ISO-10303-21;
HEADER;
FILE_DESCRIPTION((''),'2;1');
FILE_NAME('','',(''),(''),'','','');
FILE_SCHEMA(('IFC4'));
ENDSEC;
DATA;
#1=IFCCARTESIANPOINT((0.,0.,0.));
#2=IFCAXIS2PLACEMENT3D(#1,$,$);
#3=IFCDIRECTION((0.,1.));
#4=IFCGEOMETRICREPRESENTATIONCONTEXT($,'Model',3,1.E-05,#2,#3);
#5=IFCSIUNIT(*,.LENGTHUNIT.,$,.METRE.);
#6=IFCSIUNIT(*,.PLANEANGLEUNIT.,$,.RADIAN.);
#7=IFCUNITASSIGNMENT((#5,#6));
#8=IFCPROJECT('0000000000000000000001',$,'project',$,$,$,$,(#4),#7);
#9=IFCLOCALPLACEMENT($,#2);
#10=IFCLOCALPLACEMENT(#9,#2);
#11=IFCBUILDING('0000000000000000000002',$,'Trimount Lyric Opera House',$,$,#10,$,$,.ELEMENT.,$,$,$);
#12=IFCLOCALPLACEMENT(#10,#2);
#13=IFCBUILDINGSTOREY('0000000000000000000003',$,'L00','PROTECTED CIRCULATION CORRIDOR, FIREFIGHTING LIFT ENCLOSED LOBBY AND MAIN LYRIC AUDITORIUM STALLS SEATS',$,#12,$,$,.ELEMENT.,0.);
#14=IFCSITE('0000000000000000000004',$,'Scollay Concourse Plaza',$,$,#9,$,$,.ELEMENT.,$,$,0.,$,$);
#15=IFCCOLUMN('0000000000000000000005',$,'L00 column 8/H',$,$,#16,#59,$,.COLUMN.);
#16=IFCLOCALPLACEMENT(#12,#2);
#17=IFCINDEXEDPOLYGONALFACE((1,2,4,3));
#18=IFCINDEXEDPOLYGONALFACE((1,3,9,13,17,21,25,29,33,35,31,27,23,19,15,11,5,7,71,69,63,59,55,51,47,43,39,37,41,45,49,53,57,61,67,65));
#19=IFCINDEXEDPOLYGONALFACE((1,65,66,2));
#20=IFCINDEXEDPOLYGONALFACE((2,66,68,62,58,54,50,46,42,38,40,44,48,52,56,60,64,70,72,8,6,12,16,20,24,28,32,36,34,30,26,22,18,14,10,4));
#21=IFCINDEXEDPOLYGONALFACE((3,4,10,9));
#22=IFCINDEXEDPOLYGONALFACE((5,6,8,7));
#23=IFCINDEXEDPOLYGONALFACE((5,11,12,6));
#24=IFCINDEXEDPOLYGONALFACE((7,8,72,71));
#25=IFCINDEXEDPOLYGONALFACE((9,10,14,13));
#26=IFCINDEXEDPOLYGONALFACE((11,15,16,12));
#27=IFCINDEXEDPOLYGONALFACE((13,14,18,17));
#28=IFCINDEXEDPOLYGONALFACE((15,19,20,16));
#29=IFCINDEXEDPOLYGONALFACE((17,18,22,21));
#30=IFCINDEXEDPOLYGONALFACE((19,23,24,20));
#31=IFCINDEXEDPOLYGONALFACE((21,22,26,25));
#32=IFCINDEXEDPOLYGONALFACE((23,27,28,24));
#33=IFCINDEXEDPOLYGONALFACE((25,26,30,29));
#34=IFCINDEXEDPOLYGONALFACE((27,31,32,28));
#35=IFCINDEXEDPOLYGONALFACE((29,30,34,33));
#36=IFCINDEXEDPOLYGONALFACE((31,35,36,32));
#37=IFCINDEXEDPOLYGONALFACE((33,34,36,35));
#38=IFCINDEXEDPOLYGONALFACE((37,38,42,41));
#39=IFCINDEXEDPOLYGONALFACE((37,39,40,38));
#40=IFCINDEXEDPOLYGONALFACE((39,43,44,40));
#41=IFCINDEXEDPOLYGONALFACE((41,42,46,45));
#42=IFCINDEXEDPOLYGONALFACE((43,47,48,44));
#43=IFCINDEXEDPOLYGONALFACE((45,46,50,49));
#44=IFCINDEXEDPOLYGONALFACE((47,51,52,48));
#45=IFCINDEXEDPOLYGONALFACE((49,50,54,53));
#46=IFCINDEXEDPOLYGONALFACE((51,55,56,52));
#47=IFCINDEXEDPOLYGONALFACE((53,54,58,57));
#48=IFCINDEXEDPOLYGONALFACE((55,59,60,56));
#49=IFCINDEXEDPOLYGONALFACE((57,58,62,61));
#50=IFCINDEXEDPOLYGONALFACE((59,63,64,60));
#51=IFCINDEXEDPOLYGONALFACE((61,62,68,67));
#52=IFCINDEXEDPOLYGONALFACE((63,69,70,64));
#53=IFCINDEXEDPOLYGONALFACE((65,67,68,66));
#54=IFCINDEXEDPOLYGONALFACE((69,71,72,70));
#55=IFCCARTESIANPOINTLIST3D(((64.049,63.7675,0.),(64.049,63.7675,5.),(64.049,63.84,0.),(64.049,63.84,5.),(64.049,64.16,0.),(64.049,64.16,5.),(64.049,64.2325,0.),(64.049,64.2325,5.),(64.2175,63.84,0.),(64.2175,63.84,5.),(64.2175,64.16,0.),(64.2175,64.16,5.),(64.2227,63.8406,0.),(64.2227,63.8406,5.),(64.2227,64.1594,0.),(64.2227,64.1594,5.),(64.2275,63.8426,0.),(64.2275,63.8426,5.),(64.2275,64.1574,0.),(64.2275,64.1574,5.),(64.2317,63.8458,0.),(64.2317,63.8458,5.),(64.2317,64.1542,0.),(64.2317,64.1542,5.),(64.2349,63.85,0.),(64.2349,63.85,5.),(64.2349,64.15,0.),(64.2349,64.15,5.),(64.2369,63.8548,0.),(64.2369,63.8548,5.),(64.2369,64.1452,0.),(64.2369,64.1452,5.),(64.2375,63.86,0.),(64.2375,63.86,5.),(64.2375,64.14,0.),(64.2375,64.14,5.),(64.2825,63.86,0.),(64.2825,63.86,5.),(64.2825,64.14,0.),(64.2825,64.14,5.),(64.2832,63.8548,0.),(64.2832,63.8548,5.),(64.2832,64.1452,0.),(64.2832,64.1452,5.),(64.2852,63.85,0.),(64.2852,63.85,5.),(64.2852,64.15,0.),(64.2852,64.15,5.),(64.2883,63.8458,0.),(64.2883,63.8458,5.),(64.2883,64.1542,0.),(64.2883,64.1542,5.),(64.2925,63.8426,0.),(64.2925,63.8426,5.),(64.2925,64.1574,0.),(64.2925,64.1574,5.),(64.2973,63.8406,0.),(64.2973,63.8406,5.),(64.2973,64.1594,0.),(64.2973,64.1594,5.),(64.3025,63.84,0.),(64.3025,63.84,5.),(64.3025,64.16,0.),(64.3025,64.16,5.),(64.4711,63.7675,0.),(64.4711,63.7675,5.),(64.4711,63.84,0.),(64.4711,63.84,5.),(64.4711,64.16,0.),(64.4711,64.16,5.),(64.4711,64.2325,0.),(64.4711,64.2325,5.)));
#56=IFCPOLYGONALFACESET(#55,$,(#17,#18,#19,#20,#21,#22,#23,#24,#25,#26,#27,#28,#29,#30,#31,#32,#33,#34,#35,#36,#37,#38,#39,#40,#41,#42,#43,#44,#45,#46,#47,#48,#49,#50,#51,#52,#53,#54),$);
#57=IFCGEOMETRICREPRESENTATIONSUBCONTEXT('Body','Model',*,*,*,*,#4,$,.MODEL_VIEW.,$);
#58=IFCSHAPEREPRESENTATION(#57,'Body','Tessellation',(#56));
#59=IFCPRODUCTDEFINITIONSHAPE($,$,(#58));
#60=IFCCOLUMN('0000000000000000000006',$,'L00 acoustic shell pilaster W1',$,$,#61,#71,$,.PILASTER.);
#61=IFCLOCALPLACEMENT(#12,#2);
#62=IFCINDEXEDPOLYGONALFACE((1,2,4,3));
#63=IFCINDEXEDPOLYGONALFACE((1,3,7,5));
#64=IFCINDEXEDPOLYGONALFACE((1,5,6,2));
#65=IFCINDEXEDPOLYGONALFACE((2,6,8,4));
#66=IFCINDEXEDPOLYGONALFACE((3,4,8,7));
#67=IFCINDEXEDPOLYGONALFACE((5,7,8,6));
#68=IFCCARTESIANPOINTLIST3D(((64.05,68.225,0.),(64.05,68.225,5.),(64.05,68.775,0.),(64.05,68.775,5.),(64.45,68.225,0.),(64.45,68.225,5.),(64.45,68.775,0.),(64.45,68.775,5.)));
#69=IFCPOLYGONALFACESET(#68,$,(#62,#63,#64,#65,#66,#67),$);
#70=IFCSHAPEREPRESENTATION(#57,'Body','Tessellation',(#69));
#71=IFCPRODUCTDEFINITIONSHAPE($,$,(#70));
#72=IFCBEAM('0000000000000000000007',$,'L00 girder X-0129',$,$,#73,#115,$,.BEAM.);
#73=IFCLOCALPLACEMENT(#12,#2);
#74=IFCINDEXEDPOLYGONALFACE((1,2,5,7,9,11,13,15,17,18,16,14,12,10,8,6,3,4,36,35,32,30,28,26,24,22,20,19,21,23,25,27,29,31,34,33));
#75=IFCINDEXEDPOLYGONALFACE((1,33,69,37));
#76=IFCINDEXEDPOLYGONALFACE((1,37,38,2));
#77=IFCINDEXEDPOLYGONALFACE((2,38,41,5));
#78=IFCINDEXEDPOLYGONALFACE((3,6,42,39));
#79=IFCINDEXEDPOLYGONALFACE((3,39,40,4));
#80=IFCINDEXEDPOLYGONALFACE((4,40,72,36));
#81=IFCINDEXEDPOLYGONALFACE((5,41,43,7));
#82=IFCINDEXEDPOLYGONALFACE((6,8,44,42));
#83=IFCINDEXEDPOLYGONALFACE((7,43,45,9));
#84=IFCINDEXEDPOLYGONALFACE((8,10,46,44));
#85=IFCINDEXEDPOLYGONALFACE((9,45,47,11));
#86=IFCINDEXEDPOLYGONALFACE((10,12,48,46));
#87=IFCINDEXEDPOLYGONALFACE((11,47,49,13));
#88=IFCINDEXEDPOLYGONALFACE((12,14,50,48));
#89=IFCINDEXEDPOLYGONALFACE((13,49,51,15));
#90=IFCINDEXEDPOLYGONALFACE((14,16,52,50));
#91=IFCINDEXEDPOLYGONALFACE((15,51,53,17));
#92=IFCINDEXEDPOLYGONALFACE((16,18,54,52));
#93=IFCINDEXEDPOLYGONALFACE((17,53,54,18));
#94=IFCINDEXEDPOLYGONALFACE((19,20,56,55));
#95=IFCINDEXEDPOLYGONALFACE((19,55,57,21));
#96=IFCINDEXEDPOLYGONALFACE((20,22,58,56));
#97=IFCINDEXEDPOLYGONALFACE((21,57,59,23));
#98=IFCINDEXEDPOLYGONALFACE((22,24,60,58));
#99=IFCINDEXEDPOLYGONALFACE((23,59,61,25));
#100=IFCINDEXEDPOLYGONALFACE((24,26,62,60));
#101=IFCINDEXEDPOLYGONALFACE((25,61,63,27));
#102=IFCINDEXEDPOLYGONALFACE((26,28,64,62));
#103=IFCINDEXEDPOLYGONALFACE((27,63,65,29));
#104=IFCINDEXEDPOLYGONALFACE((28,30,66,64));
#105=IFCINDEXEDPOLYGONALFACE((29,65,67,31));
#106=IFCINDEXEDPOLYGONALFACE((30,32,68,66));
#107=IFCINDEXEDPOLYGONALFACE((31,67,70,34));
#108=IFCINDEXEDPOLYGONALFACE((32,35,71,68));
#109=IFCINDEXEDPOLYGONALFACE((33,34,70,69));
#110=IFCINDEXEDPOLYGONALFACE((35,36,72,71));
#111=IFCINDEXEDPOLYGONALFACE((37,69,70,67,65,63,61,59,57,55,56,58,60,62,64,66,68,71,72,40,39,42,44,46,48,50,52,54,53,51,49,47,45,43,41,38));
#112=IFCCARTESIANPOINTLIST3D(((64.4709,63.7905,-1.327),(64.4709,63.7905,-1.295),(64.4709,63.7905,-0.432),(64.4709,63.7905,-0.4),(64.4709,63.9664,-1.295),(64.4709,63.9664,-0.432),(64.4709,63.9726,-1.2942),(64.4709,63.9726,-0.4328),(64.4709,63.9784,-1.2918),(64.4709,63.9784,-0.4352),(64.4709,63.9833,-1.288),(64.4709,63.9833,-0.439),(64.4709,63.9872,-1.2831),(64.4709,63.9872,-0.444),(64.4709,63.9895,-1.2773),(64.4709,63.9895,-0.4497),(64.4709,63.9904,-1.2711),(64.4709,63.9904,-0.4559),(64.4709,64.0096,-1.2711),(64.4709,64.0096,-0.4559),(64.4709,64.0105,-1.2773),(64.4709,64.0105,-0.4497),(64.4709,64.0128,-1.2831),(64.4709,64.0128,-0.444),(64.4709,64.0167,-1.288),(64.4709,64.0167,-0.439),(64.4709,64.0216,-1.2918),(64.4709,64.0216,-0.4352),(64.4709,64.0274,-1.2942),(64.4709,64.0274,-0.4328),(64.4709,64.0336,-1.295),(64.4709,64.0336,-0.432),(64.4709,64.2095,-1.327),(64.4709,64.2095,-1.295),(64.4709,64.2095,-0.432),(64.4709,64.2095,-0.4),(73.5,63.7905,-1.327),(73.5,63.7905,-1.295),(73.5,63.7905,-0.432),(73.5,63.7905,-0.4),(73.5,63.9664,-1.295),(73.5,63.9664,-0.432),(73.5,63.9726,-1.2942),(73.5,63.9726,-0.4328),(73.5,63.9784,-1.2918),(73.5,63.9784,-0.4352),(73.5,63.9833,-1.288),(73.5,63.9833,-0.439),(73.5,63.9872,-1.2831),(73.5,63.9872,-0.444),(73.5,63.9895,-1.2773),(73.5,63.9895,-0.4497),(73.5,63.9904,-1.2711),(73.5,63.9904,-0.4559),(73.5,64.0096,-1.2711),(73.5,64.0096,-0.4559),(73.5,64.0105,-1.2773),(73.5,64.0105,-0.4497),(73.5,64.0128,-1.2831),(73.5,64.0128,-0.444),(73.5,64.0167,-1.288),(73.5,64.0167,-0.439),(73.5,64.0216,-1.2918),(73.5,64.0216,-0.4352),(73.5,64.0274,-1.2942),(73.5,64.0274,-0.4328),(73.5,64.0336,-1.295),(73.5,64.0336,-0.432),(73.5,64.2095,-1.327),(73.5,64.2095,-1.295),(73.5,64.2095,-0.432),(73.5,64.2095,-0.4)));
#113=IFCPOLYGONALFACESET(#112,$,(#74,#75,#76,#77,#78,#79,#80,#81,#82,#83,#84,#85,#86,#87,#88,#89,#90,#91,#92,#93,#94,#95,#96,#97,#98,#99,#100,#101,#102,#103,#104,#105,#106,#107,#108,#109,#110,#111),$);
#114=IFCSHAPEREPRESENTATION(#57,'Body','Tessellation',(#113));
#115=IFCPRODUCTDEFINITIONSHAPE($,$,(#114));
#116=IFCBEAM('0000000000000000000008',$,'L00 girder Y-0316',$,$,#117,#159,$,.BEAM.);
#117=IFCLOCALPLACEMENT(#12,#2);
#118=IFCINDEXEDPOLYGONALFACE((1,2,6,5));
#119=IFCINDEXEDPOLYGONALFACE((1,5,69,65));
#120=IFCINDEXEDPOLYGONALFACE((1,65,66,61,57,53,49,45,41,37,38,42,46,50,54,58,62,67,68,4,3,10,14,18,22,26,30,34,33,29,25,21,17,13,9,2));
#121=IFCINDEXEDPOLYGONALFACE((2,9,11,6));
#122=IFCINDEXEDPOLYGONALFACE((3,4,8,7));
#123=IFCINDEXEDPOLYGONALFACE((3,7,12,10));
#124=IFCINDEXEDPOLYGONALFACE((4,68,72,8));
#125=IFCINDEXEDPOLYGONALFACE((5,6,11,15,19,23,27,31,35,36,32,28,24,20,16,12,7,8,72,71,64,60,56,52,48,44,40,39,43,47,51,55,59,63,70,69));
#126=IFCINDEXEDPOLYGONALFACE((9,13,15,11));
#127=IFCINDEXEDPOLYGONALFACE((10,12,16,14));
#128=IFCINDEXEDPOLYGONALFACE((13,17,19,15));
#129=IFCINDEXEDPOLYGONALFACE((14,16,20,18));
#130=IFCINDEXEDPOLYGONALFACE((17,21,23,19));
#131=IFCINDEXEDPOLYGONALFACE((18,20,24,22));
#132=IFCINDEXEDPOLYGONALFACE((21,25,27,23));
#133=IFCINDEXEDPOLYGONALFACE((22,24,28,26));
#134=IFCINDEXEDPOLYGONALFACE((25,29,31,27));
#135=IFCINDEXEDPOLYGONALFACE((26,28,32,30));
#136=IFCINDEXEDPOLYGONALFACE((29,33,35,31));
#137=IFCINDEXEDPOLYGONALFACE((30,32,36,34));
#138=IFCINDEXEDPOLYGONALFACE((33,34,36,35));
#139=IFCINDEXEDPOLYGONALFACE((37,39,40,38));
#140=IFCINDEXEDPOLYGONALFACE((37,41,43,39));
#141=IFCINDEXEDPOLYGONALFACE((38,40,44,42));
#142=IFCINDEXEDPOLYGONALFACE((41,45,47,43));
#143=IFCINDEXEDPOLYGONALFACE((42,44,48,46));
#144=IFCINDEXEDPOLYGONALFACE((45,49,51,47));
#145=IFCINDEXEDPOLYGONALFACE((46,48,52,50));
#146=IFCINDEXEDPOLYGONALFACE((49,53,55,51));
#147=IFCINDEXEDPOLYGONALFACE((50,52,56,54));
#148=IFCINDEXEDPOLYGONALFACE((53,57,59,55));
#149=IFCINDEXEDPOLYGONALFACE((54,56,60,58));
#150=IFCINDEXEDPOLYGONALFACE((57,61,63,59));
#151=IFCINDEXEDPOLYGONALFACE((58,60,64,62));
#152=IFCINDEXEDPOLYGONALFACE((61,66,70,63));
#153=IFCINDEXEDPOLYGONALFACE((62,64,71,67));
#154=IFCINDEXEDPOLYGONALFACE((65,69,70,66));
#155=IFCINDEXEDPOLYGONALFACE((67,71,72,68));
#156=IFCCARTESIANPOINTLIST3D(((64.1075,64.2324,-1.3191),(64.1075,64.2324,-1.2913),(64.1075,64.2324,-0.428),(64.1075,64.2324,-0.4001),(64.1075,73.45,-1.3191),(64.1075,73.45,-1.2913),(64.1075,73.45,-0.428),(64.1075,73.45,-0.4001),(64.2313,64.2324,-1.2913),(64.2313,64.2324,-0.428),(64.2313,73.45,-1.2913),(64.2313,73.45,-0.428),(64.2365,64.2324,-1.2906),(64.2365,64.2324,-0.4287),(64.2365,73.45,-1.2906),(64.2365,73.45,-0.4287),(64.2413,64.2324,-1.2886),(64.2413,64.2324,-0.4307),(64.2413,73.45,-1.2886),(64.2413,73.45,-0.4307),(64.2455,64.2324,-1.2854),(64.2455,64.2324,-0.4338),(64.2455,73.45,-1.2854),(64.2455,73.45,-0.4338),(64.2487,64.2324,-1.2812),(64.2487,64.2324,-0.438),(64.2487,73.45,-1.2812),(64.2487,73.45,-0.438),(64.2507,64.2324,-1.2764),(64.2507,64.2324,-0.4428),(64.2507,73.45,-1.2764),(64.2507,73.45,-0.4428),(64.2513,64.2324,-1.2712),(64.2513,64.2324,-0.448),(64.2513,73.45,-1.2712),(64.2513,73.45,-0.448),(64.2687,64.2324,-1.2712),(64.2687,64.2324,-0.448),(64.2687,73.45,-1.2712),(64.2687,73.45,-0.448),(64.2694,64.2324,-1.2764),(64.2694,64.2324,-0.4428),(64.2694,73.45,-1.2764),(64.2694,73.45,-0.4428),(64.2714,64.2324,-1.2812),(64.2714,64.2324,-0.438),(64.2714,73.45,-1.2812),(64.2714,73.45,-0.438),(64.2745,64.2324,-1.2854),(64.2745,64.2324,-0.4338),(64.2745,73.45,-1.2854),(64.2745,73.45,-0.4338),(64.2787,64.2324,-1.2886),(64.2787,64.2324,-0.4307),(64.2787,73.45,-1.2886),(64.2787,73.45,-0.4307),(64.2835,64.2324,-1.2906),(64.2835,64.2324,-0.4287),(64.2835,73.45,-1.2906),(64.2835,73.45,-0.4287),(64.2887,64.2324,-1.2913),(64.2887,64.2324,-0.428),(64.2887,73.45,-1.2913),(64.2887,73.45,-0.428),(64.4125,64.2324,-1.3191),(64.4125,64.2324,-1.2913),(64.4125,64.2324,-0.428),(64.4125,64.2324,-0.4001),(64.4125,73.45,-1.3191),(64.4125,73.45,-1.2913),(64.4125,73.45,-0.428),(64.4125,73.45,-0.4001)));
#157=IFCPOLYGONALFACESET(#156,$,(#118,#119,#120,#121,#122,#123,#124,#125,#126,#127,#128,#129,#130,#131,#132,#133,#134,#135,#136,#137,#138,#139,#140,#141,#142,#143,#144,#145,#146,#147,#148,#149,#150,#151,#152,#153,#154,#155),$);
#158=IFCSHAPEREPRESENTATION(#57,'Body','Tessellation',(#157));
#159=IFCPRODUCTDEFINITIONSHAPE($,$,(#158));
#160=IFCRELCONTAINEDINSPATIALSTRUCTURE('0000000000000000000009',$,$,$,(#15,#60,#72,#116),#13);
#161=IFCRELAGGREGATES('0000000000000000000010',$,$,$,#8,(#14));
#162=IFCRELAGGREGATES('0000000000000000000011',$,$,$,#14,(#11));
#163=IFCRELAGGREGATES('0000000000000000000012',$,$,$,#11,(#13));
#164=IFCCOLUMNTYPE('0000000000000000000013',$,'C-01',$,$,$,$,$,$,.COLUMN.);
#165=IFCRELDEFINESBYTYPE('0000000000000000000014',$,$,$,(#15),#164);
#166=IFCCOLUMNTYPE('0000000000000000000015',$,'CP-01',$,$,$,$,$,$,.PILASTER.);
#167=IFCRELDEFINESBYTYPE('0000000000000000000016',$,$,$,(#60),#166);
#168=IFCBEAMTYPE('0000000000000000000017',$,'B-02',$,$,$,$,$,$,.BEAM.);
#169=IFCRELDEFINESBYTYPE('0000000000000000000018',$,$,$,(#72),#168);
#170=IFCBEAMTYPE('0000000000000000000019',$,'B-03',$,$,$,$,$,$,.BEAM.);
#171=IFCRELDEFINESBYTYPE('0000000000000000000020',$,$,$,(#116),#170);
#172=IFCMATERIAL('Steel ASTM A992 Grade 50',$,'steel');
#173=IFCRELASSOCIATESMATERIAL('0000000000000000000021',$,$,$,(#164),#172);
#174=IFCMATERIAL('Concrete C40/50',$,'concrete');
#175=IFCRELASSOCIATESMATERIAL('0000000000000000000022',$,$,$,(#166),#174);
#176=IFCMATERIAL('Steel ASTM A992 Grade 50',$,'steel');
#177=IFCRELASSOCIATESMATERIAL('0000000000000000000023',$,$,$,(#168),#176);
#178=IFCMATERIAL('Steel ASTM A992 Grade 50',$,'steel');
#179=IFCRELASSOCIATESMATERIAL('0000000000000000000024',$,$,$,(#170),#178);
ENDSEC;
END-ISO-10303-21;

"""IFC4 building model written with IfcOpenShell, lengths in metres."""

from ifc_helpers import new_model, si_unit, direction, frame, origin, origin_2d, place, context, subcontext, project, spatial, rectangle, i_section, extrude, material, material_profile, profile_set, type_object, element, save


model = new_model("IFC4")

# Units and contexts
model_context = context("Model", 3, precision=1e-05, world=origin(), true_north=direction((0.0, 1.0)))
body_context = subcontext(model_context, "Body", "Model", "MODEL_VIEW")
ifc_project = project(units=[si_unit("LENGTHUNIT", "METRE"), si_unit("PLANEANGLEUNIT", "RADIAN")], contexts=[model_context])

# Site, building, storey
site_placement = place(None, origin())
site = spatial("IfcSite", under=ifc_project, at=site_placement, Name="Scollay Concourse Plaza", CompositionType="ELEMENT", RefElevation=0.0)
building_placement = place(site_placement, origin())
building = spatial("IfcBuilding", under=site, at=building_placement, Name="Trimount Lyric Opera House", CompositionType="ELEMENT")
storey_placement = place(building_placement, origin())
storey = spatial("IfcBuildingStorey", under=building, at=storey_placement, Name="L00", Description="PROTECTED CIRCULATION CORRIDOR, FIREFIGHTING LIFT ENCLOSED LOBBY AND MAIN LYRIC AUDITORIUM STALLS SEATS", CompositionType="ELEMENT", Elevation=0.0)

# Columns
ifc_material_1 = material(Name="Steel ASTM A992 Grade 50", Category="steel")
ifc_material_profile_1 = material_profile(ifc_material_1, i_section(OverallWidth=0.4221, OverallDepth=0.4651, WebThickness=0.0449, FlangeThickness=0.0725, FilletRadius=0.02, at=origin_2d()), Name="W14X398")
ifc_profile_set_1 = profile_set([ifc_material_profile_1], Name="Steel ASTM A992 Grade 50")
column_type_1 = type_object("IfcColumnType", Name="C-01", PredefinedType="COLUMN", material=ifc_profile_set_1)
column_1_placement = place(storey_placement, frame((64.26, 64.0, 0.0), z_axis=(0.0, 0.0, 1.0), x_axis=(1.0, 0.0, 0.0)))
element("IfcColumn", 1, at=column_1_placement, inside=storey, type_object=column_type_1, Name="L00 column 8/H", PredefinedType="COLUMN", context=body_context, shape_type="SweptSolid", body=[
    extrude(i_section(OverallWidth=0.4221, OverallDepth=0.4651, WebThickness=0.0449, FlangeThickness=0.0725, FilletRadius=0.02, at=origin_2d()), origin(), (0.0, 0.0, 1.0), 5.0),
])
ifc_material_2 = material(Name="Concrete C40/50", Category="concrete")
ifc_material_profile_2 = material_profile(ifc_material_2, rectangle(XDim=0.3999, YDim=0.55, at=origin_2d()), Name="RC550X400")
ifc_profile_set_2 = profile_set([ifc_material_profile_2], Name="Concrete C40/50")
column_type_2 = type_object("IfcColumnType", Name="CP-01", PredefinedType="PILASTER", material=ifc_profile_set_2)
column_2_placement = place(storey_placement, frame((64.25, 68.5, 0.0), z_axis=(0.0, 0.0, 1.0), x_axis=(1.0, 0.0, 0.0)))
element("IfcColumn", 2, at=column_2_placement, inside=storey, type_object=column_type_2, Name="L00 acoustic shell pilaster W1", PredefinedType="PILASTER", context=body_context, shape_type="SweptSolid", body=[
    extrude(rectangle(XDim=0.3999, YDim=0.55, at=origin_2d()), origin(), (0.0, 0.0, 1.0), 5.0),
])

# Beams
ifc_material_3 = material(Name="Steel ASTM A992 Grade 50", Category="steel")
ifc_material_profile_3 = material_profile(ifc_material_3, i_section(OverallWidth=0.4189, OverallDepth=0.927, WebThickness=0.0193, FlangeThickness=0.032, FilletRadius=0.0239, at=origin_2d()), Name="W36X231")
ifc_profile_set_3 = profile_set([ifc_material_profile_3], Name="Steel ASTM A992 Grade 50")
beam_type_1 = type_object("IfcBeamType", Name="B-02", PredefinedType="BEAM", material=ifc_profile_set_3)
beam_1_placement = place(storey_placement, frame((64.4709, 64.0, -0.8635), z_axis=(1.0, 0.0, 0.0), x_axis=(0.0, 1.0, 0.0)))
element("IfcBeam", 3, at=beam_1_placement, inside=storey, type_object=beam_type_1, Name="L00 girder X-0129", PredefinedType="BEAM", context=body_context, shape_type="SweptSolid", body=[
    extrude(i_section(OverallWidth=0.4189, OverallDepth=0.927, WebThickness=0.0193, FlangeThickness=0.032, FilletRadius=0.0239, at=origin_2d()), origin(), (0.0, 0.0, 1.0), 9.0291),
])
ifc_material_4 = material(Name="Steel ASTM A992 Grade 50", Category="steel")
ifc_material_profile_4 = material_profile(ifc_material_4, i_section(OverallWidth=0.3049, OverallDepth=0.9189, WebThickness=0.0173, FlangeThickness=0.0278, FilletRadius=0.02, at=origin_2d()), Name="W36X170")
ifc_profile_set_4 = profile_set([ifc_material_profile_4], Name="Steel ASTM A992 Grade 50")
beam_type_2 = type_object("IfcBeamType", Name="B-03", PredefinedType="BEAM", material=ifc_profile_set_4)
beam_2_placement = place(storey_placement, frame((64.26, 64.2324, -0.8596), z_axis=(0.0, 1.0, 0.0), x_axis=(-1.0, 0.0, 0.0)))
element("IfcBeam", 4, at=beam_2_placement, inside=storey, type_object=beam_type_2, Name="L00 girder Y-0316", PredefinedType="BEAM", context=body_context, shape_type="SweptSolid", body=[
    extrude(i_section(OverallWidth=0.3049, OverallDepth=0.9189, WebThickness=0.0173, FlangeThickness=0.0278, FilletRadius=0.02, at=origin_2d()), origin(), (0.0, 0.0, 1.0), 9.2175),
])

save(model, "model.ifc")
